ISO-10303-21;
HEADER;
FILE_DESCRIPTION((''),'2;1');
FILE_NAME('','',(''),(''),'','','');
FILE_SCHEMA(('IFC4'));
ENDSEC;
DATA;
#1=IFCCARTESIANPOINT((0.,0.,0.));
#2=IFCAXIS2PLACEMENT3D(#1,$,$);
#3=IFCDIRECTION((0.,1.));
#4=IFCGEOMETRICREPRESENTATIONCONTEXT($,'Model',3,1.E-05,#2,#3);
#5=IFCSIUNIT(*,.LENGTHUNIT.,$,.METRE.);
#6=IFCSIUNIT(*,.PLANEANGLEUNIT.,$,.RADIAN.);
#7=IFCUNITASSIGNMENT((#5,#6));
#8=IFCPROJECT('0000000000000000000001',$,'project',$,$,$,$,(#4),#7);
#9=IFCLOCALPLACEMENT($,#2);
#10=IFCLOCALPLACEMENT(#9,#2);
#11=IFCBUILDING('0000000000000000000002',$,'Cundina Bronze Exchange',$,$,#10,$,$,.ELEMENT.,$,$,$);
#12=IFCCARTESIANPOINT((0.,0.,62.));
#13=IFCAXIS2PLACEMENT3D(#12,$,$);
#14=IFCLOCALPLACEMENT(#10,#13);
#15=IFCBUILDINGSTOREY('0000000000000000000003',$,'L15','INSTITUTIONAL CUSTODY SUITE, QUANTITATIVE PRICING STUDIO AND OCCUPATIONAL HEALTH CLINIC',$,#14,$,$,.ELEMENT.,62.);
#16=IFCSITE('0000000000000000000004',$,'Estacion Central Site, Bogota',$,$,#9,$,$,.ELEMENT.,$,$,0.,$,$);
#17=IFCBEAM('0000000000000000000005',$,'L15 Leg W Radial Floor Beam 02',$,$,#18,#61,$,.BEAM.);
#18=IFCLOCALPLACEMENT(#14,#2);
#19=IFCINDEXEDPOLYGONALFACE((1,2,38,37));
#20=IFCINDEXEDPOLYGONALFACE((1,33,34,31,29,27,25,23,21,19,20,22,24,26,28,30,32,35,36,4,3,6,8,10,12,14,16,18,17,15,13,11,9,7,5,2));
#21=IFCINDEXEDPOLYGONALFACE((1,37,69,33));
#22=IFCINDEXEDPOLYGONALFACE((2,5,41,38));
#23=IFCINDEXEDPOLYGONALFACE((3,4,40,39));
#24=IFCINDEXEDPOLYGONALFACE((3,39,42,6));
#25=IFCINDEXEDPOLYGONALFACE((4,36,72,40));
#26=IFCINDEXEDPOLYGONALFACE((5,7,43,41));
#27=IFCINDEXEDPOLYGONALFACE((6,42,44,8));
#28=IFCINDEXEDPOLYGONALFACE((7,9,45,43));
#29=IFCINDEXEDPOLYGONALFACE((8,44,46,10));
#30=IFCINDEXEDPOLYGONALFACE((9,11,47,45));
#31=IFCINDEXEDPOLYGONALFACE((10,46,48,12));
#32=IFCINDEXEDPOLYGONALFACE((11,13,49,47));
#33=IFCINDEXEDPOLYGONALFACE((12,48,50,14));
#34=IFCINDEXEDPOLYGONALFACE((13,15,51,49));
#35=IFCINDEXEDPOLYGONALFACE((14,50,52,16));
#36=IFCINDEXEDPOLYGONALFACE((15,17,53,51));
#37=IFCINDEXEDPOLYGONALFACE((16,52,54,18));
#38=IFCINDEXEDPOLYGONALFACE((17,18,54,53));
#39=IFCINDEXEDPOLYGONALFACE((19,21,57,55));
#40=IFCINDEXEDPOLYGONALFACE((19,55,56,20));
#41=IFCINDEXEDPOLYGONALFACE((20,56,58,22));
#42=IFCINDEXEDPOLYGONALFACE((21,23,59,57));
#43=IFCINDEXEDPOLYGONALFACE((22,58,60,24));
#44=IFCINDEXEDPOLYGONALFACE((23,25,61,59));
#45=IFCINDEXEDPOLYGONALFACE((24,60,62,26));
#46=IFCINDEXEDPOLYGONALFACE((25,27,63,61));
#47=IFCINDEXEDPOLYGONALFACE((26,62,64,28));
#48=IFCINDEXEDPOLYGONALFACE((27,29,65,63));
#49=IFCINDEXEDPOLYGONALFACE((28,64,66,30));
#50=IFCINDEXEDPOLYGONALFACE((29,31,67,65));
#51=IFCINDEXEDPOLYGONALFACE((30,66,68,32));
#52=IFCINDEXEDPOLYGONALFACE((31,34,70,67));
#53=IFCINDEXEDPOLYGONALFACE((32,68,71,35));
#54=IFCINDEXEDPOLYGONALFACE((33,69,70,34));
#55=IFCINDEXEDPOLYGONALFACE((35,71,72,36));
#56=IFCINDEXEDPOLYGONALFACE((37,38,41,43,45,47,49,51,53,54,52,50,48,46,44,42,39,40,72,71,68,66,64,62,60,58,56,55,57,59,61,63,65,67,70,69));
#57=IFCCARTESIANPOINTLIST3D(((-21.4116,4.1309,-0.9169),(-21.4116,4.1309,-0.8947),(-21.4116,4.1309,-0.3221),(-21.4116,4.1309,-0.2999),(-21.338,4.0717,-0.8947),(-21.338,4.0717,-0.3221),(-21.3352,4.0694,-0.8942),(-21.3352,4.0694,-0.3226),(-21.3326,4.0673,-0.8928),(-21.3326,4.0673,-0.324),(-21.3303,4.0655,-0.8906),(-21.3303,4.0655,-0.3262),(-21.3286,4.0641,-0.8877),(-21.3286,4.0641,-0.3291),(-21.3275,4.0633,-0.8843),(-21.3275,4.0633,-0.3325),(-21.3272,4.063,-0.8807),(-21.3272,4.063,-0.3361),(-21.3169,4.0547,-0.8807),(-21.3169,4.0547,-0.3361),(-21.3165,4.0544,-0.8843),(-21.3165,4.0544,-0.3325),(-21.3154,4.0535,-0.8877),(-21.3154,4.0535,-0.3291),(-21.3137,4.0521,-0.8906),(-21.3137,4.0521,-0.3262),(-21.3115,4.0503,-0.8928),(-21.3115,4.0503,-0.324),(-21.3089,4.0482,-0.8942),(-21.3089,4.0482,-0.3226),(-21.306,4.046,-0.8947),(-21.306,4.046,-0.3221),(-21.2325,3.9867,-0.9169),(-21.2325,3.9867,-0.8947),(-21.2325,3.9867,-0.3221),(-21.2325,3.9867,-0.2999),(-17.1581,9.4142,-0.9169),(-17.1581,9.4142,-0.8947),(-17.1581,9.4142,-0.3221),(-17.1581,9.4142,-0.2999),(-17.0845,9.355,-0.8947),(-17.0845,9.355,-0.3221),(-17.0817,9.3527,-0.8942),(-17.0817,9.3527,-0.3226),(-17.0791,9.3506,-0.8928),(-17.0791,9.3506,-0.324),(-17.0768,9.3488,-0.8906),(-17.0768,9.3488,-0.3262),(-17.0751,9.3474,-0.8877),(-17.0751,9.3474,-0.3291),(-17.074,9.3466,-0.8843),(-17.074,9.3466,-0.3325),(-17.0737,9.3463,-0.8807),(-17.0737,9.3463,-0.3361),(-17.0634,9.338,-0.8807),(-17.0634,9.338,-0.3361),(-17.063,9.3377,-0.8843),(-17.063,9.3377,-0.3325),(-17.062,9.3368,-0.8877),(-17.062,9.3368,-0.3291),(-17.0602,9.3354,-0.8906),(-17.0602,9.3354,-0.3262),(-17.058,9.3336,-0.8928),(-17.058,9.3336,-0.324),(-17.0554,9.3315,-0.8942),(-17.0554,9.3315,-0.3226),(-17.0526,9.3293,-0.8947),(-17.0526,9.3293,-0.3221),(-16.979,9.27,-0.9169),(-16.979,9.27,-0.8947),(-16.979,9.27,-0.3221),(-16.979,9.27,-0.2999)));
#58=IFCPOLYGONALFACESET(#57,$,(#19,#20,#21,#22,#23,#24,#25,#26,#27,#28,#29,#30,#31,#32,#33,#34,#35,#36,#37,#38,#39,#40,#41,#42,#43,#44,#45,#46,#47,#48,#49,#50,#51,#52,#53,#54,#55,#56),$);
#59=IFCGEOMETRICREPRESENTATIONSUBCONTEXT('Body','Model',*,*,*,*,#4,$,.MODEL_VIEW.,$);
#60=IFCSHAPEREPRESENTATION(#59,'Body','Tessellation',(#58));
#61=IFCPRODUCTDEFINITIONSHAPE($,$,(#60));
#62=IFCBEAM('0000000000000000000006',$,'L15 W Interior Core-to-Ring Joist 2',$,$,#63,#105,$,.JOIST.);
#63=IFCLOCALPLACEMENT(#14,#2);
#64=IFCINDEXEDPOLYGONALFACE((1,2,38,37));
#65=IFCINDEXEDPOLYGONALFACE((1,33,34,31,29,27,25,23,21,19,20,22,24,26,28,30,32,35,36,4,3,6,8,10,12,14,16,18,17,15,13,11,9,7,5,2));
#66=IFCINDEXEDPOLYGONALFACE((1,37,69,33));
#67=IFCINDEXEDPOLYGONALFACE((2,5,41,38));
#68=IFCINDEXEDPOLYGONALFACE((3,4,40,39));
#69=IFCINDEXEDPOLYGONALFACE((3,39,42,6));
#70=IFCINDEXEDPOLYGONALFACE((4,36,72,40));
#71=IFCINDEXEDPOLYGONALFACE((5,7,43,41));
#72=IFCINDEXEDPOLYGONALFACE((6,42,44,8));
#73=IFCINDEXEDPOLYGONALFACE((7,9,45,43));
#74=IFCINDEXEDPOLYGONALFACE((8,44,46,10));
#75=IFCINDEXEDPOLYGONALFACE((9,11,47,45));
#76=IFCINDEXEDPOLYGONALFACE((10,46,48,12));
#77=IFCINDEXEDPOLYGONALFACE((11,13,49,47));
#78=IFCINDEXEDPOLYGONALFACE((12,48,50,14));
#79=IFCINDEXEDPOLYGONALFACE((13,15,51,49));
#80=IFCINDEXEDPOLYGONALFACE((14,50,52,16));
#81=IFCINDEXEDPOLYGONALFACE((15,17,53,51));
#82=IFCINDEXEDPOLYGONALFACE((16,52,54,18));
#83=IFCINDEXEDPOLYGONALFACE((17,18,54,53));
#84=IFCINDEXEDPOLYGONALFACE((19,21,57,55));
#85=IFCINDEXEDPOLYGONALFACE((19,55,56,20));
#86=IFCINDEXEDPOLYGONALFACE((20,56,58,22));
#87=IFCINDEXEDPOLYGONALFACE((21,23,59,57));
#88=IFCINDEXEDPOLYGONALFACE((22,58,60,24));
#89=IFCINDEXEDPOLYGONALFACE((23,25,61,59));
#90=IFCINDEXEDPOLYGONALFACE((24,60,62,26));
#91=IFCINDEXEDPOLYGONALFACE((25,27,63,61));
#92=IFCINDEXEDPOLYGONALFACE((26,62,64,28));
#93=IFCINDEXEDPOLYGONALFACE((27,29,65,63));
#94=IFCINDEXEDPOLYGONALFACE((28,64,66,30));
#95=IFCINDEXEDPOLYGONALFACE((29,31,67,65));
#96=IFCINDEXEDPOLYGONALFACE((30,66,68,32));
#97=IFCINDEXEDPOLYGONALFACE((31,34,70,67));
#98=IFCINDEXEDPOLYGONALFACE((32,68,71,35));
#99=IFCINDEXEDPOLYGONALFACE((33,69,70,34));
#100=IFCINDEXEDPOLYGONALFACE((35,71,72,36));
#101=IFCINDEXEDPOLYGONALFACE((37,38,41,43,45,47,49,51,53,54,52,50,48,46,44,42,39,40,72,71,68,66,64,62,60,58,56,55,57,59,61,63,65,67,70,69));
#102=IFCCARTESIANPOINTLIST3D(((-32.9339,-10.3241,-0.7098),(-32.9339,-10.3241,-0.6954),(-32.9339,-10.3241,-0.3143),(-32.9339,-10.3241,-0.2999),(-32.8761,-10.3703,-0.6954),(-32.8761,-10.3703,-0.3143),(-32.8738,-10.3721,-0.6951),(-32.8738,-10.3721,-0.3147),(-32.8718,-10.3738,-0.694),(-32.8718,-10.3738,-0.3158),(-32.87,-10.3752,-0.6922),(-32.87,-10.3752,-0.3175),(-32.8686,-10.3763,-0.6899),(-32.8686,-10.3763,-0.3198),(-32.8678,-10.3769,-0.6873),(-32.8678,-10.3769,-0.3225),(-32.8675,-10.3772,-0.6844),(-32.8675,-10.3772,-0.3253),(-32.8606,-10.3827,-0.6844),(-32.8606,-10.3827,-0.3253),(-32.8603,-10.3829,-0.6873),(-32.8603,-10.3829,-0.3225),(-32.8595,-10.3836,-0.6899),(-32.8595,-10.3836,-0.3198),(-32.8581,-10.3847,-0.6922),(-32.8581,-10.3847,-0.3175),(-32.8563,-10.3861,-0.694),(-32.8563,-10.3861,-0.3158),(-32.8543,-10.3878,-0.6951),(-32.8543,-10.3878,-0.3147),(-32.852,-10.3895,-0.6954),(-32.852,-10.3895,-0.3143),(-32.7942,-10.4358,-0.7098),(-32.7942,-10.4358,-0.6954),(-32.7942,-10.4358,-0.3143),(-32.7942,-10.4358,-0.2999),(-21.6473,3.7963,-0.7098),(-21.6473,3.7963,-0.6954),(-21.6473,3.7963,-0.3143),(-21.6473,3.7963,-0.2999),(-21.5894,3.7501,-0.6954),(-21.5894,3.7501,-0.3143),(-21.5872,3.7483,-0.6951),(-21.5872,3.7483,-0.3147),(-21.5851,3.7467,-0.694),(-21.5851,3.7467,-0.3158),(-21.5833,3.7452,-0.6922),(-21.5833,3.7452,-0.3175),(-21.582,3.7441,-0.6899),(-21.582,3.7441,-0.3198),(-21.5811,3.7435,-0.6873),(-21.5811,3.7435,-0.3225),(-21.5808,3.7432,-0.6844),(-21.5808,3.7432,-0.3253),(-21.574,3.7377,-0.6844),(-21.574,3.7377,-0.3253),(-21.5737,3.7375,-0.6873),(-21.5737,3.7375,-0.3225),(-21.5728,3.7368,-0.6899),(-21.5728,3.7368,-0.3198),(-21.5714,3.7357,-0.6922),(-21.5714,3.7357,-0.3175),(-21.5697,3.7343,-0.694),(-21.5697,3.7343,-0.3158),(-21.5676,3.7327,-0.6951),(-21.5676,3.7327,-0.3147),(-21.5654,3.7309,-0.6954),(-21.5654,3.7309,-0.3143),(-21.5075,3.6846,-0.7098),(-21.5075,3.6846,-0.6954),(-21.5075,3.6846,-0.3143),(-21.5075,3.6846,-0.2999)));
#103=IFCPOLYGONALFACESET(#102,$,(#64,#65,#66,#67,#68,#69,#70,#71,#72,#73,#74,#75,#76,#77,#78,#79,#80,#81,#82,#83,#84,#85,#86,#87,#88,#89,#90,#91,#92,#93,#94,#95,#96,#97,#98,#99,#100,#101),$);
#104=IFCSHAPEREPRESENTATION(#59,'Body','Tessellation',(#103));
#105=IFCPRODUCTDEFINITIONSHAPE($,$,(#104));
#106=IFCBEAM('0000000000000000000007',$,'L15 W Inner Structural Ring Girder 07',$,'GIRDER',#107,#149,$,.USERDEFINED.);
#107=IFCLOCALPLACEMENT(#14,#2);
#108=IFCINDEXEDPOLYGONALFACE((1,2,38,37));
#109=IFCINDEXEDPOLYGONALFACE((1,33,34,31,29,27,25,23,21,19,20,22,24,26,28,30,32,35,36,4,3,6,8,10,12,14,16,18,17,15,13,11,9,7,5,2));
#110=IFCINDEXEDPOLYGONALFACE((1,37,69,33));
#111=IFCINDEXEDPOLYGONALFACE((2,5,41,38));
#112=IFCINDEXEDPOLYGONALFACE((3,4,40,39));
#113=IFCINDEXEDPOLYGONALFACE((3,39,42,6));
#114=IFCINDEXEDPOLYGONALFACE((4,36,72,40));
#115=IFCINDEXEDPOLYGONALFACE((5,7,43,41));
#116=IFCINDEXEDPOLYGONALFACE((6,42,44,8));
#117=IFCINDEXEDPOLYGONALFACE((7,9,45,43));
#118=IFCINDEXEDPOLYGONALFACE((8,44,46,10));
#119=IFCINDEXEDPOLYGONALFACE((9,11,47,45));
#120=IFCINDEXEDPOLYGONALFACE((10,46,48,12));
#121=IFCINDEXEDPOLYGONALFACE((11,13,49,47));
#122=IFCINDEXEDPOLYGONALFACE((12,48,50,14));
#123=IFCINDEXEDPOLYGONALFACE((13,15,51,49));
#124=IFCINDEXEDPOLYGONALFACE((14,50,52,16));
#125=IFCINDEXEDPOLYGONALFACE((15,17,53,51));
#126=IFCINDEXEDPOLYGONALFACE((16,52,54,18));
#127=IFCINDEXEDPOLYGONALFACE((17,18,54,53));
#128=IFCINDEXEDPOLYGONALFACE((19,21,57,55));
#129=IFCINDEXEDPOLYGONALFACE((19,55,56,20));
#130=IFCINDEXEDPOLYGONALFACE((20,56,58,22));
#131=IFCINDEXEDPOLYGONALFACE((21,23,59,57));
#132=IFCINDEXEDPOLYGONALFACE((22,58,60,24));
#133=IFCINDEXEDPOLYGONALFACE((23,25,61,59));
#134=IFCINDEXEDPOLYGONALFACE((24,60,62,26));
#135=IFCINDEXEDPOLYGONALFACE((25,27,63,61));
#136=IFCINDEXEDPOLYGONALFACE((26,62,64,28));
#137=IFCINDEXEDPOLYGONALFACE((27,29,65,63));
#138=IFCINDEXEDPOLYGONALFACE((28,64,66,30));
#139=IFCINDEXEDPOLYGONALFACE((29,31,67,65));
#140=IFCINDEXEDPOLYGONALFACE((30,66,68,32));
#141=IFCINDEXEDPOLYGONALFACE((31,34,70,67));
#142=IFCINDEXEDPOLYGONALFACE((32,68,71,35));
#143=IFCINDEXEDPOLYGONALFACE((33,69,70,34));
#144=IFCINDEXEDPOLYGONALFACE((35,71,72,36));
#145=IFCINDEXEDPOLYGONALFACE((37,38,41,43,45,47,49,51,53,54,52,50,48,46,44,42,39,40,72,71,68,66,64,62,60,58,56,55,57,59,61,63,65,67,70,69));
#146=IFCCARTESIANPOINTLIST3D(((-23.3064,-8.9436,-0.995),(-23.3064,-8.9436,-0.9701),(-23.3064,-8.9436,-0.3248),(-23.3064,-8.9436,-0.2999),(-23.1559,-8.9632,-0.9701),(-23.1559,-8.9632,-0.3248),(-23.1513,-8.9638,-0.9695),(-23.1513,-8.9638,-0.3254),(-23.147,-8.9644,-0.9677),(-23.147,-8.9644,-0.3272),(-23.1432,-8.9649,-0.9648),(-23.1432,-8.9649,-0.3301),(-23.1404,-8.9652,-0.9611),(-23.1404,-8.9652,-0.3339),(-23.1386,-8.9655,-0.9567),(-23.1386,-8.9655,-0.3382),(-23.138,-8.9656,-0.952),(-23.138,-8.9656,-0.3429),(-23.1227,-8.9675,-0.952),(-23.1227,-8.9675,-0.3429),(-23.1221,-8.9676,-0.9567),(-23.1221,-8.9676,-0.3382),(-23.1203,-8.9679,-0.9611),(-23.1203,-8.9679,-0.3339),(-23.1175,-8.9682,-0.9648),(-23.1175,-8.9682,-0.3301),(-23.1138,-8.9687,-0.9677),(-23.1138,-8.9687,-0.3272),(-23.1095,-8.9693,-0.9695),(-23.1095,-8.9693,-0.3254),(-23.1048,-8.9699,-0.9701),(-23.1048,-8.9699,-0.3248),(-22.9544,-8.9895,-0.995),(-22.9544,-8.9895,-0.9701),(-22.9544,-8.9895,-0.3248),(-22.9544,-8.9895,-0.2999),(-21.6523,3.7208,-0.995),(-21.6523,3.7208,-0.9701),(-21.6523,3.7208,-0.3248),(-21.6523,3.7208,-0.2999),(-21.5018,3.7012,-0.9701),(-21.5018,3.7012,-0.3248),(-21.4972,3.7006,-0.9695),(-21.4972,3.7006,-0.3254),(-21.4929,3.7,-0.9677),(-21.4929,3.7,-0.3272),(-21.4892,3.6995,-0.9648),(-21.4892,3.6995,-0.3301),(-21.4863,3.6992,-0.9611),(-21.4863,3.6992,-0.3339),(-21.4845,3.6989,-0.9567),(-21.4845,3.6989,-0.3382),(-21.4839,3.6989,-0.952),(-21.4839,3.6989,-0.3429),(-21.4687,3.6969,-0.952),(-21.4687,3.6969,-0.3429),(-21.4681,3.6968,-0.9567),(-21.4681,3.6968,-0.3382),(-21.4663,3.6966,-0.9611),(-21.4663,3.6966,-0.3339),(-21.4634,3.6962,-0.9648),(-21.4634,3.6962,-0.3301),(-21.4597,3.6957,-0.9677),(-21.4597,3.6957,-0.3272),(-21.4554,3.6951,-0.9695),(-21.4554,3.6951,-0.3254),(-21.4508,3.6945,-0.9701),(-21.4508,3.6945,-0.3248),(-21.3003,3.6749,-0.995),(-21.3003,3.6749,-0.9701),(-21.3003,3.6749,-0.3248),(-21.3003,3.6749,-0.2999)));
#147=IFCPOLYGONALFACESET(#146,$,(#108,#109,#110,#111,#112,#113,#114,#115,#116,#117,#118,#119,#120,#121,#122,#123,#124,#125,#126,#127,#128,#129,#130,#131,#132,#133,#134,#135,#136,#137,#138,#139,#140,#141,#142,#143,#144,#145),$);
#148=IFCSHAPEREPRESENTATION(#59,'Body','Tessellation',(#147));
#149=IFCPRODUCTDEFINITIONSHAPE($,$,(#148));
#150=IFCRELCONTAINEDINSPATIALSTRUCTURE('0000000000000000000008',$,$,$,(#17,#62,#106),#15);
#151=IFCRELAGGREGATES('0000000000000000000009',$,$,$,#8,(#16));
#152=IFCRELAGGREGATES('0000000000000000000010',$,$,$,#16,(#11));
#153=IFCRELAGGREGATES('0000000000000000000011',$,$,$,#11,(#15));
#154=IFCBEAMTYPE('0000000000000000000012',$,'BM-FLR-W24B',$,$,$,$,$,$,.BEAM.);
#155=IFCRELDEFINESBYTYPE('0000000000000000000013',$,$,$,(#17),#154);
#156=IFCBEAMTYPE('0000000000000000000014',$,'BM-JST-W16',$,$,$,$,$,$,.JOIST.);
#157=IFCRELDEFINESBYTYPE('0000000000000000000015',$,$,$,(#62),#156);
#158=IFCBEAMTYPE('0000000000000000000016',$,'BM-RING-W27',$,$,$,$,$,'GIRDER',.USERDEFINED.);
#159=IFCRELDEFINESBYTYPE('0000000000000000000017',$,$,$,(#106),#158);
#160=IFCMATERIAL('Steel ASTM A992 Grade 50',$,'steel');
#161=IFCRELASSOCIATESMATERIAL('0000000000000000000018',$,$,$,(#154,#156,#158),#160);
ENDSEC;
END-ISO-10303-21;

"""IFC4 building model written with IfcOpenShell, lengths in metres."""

from ifc_helpers import new_model, si_unit, direction, frame, origin, origin_2d, place, context, subcontext, project, spatial, i_section, extrude, material, material_profile, profile_set, type_object, element, save


model = new_model("IFC4")

# Units and contexts
model_context = context("Model", 3, precision=1e-05, world=origin(), true_north=direction((0.0, 1.0)))
body_context = subcontext(model_context, "Body", "Model", "MODEL_VIEW")
ifc_project = project(units=[si_unit("LENGTHUNIT", "METRE"), si_unit("PLANEANGLEUNIT", "RADIAN")], contexts=[model_context])

# Site, building, storey
site_placement = place(None, origin())
site = spatial("IfcSite", under=ifc_project, at=site_placement, Name="Estacion Central Site, Bogota", CompositionType="ELEMENT", RefElevation=0.0)
building_placement = place(site_placement, origin())
building = spatial("IfcBuilding", under=site, at=building_placement, Name="Cundina Bronze Exchange", CompositionType="ELEMENT")
storey_placement = place(building_placement, frame((0.0, 0.0, 62.0)))
storey = spatial("IfcBuildingStorey", under=building, at=storey_placement, Name="L15", Description="INSTITUTIONAL CUSTODY SUITE, QUANTITATIVE PRICING STUDIO AND OCCUPATIONAL HEALTH CLINIC", CompositionType="ELEMENT", Elevation=62.0)

# Shared definitions
ifc_material_1 = material(Name="Steel ASTM A992 Grade 50", Category="steel")

# Beams
ifc_material_profile_1 = material_profile(ifc_material_1, i_section(OverallWidth=0.23, OverallDepth=0.6169, WebThickness=0.0132, FlangeThickness=0.0222, FilletRadius=0.0139, at=origin_2d()), Name="W24X94", Category="steel")
ifc_profile_set_1 = profile_set([ifc_material_profile_1], Name="Steel ASTM A992 Grade 50")
beam_type_1 = type_object("IfcBeamType", Name="BM-FLR-W24B", PredefinedType="BEAM", material=ifc_profile_set_1)
beam_1_placement = place(storey_placement, frame((-21.322, 4.0588, -0.6084), z_axis=(0.627106, 0.778934, 0.0), x_axis=(-0.778934, 0.627106, 0.0)))
element("IfcBeam", 1, at=beam_1_placement, inside=storey, type_object=beam_type_1, Name="L15 Leg W Radial Floor Beam 02", PredefinedType="BEAM", context=body_context, shape_type="SweptSolid", body=[
    extrude(i_section(OverallWidth=0.23, OverallDepth=0.6169, WebThickness=0.0132, FlangeThickness=0.0222, FilletRadius=0.0139, at=origin_2d()), origin(), (0.0, 0.0, 1.0), 6.7827),
])
ifc_material_profile_2 = material_profile(ifc_material_1, i_section(OverallWidth=0.179, OverallDepth=0.4099, WebThickness=0.0088, FlangeThickness=0.0144, FilletRadius=0.011, at=origin_2d()), Name="W16X45", Category="steel")
ifc_profile_set_2 = profile_set([ifc_material_profile_2], Name="Steel ASTM A992 Grade 50")
beam_type_2 = type_object("IfcBeamType", Name="BM-JST-W16", PredefinedType="JOIST", material=ifc_profile_set_2)
beam_2_placement = place(storey_placement, frame((-21.5774, 3.7405, -0.5049), z_axis=(-0.624369, -0.78113, 0.0), x_axis=(0.78113, -0.624369, 0.0)))
element("IfcBeam", 2, at=beam_2_placement, inside=storey, type_object=beam_type_2, Name="L15 W Interior Core-to-Ring Joist 2", PredefinedType="JOIST", context=body_context, shape_type="SweptSolid", body=[
    extrude(i_section(OverallWidth=0.179, OverallDepth=0.4099, WebThickness=0.0088, FlangeThickness=0.0144, FilletRadius=0.011, at=origin_2d()), origin(), (0.0, 0.0, 1.0), 18.0769),
])
ifc_material_profile_3 = material_profile(ifc_material_1, i_section(OverallWidth=0.355, OverallDepth=0.6951, WebThickness=0.0154, FlangeThickness=0.0249, FilletRadius=0.0181, at=origin_2d()), Name="W27X146", Category="steel")
ifc_profile_set_3 = profile_set([ifc_material_profile_3], Name="Steel ASTM A992 Grade 50")
beam_type_3 = type_object("IfcBeamType", Name="BM-RING-W27", ElementType="GIRDER", PredefinedType="USERDEFINED", material=ifc_profile_set_3)
beam_3_placement = place(storey_placement, frame((-23.1304, -8.9666, -0.6475), z_axis=(0.129508, 0.991578, 0.0), x_axis=(-0.991578, 0.129508, 0.0)))
element("IfcBeam", 3, at=beam_3_placement, inside=storey, type_object=beam_type_3, Name="L15 W Inner Structural Ring Girder 07", ObjectType="GIRDER", PredefinedType="USERDEFINED", context=body_context, shape_type="SweptSolid", body=[
    extrude(i_section(OverallWidth=0.355, OverallDepth=0.6951, WebThickness=0.0154, FlangeThickness=0.0249, FilletRadius=0.0181, at=origin_2d()), origin(), (0.0, 0.0, 1.0), 12.772),
])

save(model, "model.ifc")
